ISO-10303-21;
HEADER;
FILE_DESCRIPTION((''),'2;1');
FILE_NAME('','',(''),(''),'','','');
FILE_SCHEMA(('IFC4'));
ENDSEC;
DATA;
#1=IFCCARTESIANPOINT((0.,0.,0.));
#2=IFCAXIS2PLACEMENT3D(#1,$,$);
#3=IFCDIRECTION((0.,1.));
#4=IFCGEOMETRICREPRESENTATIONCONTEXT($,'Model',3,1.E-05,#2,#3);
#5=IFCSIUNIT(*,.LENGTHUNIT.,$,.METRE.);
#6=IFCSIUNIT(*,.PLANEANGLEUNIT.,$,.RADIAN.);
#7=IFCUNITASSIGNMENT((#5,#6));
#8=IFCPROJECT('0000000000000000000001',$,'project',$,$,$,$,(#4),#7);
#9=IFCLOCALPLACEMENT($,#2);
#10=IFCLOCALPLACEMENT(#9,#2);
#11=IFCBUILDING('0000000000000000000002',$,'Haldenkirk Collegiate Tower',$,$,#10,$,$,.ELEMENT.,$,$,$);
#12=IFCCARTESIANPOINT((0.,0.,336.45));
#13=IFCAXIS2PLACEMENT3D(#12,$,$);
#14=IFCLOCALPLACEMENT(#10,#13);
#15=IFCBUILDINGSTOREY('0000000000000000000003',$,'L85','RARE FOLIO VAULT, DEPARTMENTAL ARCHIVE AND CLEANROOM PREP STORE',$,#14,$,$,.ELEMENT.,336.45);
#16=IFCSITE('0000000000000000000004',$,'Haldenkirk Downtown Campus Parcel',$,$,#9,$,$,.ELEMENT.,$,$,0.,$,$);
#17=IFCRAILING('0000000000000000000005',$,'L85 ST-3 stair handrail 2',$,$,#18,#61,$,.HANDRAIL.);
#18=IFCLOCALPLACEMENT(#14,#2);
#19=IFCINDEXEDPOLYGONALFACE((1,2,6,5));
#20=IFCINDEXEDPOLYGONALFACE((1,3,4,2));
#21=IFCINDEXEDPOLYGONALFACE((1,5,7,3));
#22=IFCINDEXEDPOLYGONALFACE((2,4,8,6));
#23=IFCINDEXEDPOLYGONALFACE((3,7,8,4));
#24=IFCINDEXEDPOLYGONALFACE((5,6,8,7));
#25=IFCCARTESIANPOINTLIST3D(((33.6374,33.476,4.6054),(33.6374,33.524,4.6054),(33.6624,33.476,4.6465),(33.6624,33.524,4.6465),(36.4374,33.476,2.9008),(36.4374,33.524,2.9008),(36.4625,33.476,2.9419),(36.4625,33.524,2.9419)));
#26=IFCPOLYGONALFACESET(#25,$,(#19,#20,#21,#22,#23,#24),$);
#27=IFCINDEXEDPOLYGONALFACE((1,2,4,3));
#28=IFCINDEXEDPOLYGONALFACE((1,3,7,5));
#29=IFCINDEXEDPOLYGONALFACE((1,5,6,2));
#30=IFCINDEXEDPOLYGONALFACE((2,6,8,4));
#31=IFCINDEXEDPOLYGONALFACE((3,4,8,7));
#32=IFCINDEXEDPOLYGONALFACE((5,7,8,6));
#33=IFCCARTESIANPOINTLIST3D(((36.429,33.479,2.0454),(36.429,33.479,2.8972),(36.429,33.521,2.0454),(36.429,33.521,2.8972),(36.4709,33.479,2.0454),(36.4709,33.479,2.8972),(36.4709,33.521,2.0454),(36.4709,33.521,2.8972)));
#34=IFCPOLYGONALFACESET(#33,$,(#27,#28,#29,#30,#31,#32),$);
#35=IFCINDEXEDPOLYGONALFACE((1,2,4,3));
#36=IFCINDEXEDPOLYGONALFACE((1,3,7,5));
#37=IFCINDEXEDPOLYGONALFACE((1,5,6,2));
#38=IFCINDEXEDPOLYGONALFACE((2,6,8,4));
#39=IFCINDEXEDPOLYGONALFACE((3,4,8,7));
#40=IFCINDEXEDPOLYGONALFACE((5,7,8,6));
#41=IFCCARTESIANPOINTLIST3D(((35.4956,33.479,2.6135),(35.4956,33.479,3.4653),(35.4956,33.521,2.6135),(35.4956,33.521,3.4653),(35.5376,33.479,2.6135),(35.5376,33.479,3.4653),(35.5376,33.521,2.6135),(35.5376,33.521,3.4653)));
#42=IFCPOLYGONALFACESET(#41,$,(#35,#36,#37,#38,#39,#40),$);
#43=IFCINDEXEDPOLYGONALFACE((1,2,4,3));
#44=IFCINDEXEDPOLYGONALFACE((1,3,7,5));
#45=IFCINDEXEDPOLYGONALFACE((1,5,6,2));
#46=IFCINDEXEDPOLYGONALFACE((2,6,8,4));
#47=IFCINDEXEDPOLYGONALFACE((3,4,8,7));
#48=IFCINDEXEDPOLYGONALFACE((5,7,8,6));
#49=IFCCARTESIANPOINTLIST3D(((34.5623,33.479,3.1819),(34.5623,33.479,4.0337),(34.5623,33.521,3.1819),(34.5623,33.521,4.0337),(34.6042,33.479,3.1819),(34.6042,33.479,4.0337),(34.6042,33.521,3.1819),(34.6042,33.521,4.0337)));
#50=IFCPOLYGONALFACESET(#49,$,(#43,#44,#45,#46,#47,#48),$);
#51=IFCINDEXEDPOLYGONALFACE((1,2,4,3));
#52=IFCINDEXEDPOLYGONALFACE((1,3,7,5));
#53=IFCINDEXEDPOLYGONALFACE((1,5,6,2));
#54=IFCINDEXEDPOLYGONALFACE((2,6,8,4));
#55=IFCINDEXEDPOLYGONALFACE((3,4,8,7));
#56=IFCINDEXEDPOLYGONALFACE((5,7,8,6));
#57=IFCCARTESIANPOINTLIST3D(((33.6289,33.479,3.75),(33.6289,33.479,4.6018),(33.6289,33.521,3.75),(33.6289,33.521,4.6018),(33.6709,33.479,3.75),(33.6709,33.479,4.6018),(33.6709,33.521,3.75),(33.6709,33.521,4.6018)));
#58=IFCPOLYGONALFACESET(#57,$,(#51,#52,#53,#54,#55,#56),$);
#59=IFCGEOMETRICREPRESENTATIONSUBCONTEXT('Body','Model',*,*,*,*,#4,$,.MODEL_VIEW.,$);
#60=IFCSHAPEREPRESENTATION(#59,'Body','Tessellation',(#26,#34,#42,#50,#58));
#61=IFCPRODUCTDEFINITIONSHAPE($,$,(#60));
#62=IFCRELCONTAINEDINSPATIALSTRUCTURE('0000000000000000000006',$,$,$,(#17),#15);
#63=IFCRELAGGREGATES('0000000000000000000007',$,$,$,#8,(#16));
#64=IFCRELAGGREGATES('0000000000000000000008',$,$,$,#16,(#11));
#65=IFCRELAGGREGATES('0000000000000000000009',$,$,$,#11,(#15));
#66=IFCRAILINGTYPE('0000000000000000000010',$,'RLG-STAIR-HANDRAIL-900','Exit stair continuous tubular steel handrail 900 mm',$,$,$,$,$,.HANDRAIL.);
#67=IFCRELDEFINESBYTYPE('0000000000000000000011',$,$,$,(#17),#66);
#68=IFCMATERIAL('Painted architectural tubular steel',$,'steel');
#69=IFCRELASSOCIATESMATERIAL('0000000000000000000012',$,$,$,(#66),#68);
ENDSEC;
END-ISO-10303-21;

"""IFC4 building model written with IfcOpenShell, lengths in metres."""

from ifc_helpers import new_model, si_unit, direction, frame, origin, origin_2d, place, context, subcontext, project, spatial, rectangle, extrude, material, type_object, element, save


model = new_model("IFC4")

# Units and contexts
model_context = context("Model", 3, precision=1e-05, world=origin(), true_north=direction((0.0, 1.0)))
body_context = subcontext(model_context, "Body", "Model", "MODEL_VIEW")
ifc_project = project(units=[si_unit("LENGTHUNIT", "METRE"), si_unit("PLANEANGLEUNIT", "RADIAN")], contexts=[model_context])

# Site, building, storey
site_placement = place(None, origin())
site = spatial("IfcSite", under=ifc_project, at=site_placement, Name="Haldenkirk Downtown Campus Parcel", CompositionType="ELEMENT", RefElevation=0.0)
building_placement = place(site_placement, origin())
building = spatial("IfcBuilding", under=site, at=building_placement, Name="Haldenkirk Collegiate Tower", CompositionType="ELEMENT")
storey_placement = place(building_placement, frame((0.0, 0.0, 336.45)))
storey = spatial("IfcBuildingStorey", under=building, at=storey_placement, Name="L85", Description="RARE FOLIO VAULT, DEPARTMENTAL ARCHIVE AND CLEANROOM PREP STORE", CompositionType="ELEMENT", Elevation=336.45)

# Railing
ifc_material_1 = material(Name="Painted architectural tubular steel", Category="steel")
railing_type = type_object("IfcRailingType", Name="RLG-STAIR-HANDRAIL-900", Description="Exit stair continuous tubular steel handrail 900 mm", PredefinedType="HANDRAIL", material=ifc_material_1)
railing_placement = place(storey_placement, frame((36.45, 33.5, 2.0454)))
element("IfcRailing", 1, at=railing_placement, inside=storey, type_object=railing_type, Name="L85 ST-3 stair handrail 2", PredefinedType="HANDRAIL", context=body_context, shape_type="SweptSolid", body=[
    extrude(rectangle(XDim=0.0481, YDim=0.0481, at=origin_2d()), frame((0.0, 0.0, 0.876), z_axis=(-0.85417, 0.0, 0.519994), x_axis=(0.0, -1.0, 0.0)), (0.0, 0.0, 1.0), 3.2781),
    extrude(rectangle(XDim=0.042, YDim=0.042, at=origin_2d()), origin(), (0.0, 0.0, 1.0), 0.8518),
    extrude(rectangle(XDim=0.042, YDim=0.042, at=origin_2d()), frame((-0.9333, 0.0, 0.5681)), (0.0, 0.0, 1.0), 0.8518),
    extrude(rectangle(XDim=0.042, YDim=0.042, at=origin_2d()), frame((-1.8667, 0.0, 1.1365)), (0.0, 0.0, 1.0), 0.8518),
    extrude(rectangle(XDim=0.042, YDim=0.042, at=origin_2d()), frame((-2.8, 0.0, 1.7046)), (0.0, 0.0, 1.0), 0.8518),
])

save(model, "model.ifc")
